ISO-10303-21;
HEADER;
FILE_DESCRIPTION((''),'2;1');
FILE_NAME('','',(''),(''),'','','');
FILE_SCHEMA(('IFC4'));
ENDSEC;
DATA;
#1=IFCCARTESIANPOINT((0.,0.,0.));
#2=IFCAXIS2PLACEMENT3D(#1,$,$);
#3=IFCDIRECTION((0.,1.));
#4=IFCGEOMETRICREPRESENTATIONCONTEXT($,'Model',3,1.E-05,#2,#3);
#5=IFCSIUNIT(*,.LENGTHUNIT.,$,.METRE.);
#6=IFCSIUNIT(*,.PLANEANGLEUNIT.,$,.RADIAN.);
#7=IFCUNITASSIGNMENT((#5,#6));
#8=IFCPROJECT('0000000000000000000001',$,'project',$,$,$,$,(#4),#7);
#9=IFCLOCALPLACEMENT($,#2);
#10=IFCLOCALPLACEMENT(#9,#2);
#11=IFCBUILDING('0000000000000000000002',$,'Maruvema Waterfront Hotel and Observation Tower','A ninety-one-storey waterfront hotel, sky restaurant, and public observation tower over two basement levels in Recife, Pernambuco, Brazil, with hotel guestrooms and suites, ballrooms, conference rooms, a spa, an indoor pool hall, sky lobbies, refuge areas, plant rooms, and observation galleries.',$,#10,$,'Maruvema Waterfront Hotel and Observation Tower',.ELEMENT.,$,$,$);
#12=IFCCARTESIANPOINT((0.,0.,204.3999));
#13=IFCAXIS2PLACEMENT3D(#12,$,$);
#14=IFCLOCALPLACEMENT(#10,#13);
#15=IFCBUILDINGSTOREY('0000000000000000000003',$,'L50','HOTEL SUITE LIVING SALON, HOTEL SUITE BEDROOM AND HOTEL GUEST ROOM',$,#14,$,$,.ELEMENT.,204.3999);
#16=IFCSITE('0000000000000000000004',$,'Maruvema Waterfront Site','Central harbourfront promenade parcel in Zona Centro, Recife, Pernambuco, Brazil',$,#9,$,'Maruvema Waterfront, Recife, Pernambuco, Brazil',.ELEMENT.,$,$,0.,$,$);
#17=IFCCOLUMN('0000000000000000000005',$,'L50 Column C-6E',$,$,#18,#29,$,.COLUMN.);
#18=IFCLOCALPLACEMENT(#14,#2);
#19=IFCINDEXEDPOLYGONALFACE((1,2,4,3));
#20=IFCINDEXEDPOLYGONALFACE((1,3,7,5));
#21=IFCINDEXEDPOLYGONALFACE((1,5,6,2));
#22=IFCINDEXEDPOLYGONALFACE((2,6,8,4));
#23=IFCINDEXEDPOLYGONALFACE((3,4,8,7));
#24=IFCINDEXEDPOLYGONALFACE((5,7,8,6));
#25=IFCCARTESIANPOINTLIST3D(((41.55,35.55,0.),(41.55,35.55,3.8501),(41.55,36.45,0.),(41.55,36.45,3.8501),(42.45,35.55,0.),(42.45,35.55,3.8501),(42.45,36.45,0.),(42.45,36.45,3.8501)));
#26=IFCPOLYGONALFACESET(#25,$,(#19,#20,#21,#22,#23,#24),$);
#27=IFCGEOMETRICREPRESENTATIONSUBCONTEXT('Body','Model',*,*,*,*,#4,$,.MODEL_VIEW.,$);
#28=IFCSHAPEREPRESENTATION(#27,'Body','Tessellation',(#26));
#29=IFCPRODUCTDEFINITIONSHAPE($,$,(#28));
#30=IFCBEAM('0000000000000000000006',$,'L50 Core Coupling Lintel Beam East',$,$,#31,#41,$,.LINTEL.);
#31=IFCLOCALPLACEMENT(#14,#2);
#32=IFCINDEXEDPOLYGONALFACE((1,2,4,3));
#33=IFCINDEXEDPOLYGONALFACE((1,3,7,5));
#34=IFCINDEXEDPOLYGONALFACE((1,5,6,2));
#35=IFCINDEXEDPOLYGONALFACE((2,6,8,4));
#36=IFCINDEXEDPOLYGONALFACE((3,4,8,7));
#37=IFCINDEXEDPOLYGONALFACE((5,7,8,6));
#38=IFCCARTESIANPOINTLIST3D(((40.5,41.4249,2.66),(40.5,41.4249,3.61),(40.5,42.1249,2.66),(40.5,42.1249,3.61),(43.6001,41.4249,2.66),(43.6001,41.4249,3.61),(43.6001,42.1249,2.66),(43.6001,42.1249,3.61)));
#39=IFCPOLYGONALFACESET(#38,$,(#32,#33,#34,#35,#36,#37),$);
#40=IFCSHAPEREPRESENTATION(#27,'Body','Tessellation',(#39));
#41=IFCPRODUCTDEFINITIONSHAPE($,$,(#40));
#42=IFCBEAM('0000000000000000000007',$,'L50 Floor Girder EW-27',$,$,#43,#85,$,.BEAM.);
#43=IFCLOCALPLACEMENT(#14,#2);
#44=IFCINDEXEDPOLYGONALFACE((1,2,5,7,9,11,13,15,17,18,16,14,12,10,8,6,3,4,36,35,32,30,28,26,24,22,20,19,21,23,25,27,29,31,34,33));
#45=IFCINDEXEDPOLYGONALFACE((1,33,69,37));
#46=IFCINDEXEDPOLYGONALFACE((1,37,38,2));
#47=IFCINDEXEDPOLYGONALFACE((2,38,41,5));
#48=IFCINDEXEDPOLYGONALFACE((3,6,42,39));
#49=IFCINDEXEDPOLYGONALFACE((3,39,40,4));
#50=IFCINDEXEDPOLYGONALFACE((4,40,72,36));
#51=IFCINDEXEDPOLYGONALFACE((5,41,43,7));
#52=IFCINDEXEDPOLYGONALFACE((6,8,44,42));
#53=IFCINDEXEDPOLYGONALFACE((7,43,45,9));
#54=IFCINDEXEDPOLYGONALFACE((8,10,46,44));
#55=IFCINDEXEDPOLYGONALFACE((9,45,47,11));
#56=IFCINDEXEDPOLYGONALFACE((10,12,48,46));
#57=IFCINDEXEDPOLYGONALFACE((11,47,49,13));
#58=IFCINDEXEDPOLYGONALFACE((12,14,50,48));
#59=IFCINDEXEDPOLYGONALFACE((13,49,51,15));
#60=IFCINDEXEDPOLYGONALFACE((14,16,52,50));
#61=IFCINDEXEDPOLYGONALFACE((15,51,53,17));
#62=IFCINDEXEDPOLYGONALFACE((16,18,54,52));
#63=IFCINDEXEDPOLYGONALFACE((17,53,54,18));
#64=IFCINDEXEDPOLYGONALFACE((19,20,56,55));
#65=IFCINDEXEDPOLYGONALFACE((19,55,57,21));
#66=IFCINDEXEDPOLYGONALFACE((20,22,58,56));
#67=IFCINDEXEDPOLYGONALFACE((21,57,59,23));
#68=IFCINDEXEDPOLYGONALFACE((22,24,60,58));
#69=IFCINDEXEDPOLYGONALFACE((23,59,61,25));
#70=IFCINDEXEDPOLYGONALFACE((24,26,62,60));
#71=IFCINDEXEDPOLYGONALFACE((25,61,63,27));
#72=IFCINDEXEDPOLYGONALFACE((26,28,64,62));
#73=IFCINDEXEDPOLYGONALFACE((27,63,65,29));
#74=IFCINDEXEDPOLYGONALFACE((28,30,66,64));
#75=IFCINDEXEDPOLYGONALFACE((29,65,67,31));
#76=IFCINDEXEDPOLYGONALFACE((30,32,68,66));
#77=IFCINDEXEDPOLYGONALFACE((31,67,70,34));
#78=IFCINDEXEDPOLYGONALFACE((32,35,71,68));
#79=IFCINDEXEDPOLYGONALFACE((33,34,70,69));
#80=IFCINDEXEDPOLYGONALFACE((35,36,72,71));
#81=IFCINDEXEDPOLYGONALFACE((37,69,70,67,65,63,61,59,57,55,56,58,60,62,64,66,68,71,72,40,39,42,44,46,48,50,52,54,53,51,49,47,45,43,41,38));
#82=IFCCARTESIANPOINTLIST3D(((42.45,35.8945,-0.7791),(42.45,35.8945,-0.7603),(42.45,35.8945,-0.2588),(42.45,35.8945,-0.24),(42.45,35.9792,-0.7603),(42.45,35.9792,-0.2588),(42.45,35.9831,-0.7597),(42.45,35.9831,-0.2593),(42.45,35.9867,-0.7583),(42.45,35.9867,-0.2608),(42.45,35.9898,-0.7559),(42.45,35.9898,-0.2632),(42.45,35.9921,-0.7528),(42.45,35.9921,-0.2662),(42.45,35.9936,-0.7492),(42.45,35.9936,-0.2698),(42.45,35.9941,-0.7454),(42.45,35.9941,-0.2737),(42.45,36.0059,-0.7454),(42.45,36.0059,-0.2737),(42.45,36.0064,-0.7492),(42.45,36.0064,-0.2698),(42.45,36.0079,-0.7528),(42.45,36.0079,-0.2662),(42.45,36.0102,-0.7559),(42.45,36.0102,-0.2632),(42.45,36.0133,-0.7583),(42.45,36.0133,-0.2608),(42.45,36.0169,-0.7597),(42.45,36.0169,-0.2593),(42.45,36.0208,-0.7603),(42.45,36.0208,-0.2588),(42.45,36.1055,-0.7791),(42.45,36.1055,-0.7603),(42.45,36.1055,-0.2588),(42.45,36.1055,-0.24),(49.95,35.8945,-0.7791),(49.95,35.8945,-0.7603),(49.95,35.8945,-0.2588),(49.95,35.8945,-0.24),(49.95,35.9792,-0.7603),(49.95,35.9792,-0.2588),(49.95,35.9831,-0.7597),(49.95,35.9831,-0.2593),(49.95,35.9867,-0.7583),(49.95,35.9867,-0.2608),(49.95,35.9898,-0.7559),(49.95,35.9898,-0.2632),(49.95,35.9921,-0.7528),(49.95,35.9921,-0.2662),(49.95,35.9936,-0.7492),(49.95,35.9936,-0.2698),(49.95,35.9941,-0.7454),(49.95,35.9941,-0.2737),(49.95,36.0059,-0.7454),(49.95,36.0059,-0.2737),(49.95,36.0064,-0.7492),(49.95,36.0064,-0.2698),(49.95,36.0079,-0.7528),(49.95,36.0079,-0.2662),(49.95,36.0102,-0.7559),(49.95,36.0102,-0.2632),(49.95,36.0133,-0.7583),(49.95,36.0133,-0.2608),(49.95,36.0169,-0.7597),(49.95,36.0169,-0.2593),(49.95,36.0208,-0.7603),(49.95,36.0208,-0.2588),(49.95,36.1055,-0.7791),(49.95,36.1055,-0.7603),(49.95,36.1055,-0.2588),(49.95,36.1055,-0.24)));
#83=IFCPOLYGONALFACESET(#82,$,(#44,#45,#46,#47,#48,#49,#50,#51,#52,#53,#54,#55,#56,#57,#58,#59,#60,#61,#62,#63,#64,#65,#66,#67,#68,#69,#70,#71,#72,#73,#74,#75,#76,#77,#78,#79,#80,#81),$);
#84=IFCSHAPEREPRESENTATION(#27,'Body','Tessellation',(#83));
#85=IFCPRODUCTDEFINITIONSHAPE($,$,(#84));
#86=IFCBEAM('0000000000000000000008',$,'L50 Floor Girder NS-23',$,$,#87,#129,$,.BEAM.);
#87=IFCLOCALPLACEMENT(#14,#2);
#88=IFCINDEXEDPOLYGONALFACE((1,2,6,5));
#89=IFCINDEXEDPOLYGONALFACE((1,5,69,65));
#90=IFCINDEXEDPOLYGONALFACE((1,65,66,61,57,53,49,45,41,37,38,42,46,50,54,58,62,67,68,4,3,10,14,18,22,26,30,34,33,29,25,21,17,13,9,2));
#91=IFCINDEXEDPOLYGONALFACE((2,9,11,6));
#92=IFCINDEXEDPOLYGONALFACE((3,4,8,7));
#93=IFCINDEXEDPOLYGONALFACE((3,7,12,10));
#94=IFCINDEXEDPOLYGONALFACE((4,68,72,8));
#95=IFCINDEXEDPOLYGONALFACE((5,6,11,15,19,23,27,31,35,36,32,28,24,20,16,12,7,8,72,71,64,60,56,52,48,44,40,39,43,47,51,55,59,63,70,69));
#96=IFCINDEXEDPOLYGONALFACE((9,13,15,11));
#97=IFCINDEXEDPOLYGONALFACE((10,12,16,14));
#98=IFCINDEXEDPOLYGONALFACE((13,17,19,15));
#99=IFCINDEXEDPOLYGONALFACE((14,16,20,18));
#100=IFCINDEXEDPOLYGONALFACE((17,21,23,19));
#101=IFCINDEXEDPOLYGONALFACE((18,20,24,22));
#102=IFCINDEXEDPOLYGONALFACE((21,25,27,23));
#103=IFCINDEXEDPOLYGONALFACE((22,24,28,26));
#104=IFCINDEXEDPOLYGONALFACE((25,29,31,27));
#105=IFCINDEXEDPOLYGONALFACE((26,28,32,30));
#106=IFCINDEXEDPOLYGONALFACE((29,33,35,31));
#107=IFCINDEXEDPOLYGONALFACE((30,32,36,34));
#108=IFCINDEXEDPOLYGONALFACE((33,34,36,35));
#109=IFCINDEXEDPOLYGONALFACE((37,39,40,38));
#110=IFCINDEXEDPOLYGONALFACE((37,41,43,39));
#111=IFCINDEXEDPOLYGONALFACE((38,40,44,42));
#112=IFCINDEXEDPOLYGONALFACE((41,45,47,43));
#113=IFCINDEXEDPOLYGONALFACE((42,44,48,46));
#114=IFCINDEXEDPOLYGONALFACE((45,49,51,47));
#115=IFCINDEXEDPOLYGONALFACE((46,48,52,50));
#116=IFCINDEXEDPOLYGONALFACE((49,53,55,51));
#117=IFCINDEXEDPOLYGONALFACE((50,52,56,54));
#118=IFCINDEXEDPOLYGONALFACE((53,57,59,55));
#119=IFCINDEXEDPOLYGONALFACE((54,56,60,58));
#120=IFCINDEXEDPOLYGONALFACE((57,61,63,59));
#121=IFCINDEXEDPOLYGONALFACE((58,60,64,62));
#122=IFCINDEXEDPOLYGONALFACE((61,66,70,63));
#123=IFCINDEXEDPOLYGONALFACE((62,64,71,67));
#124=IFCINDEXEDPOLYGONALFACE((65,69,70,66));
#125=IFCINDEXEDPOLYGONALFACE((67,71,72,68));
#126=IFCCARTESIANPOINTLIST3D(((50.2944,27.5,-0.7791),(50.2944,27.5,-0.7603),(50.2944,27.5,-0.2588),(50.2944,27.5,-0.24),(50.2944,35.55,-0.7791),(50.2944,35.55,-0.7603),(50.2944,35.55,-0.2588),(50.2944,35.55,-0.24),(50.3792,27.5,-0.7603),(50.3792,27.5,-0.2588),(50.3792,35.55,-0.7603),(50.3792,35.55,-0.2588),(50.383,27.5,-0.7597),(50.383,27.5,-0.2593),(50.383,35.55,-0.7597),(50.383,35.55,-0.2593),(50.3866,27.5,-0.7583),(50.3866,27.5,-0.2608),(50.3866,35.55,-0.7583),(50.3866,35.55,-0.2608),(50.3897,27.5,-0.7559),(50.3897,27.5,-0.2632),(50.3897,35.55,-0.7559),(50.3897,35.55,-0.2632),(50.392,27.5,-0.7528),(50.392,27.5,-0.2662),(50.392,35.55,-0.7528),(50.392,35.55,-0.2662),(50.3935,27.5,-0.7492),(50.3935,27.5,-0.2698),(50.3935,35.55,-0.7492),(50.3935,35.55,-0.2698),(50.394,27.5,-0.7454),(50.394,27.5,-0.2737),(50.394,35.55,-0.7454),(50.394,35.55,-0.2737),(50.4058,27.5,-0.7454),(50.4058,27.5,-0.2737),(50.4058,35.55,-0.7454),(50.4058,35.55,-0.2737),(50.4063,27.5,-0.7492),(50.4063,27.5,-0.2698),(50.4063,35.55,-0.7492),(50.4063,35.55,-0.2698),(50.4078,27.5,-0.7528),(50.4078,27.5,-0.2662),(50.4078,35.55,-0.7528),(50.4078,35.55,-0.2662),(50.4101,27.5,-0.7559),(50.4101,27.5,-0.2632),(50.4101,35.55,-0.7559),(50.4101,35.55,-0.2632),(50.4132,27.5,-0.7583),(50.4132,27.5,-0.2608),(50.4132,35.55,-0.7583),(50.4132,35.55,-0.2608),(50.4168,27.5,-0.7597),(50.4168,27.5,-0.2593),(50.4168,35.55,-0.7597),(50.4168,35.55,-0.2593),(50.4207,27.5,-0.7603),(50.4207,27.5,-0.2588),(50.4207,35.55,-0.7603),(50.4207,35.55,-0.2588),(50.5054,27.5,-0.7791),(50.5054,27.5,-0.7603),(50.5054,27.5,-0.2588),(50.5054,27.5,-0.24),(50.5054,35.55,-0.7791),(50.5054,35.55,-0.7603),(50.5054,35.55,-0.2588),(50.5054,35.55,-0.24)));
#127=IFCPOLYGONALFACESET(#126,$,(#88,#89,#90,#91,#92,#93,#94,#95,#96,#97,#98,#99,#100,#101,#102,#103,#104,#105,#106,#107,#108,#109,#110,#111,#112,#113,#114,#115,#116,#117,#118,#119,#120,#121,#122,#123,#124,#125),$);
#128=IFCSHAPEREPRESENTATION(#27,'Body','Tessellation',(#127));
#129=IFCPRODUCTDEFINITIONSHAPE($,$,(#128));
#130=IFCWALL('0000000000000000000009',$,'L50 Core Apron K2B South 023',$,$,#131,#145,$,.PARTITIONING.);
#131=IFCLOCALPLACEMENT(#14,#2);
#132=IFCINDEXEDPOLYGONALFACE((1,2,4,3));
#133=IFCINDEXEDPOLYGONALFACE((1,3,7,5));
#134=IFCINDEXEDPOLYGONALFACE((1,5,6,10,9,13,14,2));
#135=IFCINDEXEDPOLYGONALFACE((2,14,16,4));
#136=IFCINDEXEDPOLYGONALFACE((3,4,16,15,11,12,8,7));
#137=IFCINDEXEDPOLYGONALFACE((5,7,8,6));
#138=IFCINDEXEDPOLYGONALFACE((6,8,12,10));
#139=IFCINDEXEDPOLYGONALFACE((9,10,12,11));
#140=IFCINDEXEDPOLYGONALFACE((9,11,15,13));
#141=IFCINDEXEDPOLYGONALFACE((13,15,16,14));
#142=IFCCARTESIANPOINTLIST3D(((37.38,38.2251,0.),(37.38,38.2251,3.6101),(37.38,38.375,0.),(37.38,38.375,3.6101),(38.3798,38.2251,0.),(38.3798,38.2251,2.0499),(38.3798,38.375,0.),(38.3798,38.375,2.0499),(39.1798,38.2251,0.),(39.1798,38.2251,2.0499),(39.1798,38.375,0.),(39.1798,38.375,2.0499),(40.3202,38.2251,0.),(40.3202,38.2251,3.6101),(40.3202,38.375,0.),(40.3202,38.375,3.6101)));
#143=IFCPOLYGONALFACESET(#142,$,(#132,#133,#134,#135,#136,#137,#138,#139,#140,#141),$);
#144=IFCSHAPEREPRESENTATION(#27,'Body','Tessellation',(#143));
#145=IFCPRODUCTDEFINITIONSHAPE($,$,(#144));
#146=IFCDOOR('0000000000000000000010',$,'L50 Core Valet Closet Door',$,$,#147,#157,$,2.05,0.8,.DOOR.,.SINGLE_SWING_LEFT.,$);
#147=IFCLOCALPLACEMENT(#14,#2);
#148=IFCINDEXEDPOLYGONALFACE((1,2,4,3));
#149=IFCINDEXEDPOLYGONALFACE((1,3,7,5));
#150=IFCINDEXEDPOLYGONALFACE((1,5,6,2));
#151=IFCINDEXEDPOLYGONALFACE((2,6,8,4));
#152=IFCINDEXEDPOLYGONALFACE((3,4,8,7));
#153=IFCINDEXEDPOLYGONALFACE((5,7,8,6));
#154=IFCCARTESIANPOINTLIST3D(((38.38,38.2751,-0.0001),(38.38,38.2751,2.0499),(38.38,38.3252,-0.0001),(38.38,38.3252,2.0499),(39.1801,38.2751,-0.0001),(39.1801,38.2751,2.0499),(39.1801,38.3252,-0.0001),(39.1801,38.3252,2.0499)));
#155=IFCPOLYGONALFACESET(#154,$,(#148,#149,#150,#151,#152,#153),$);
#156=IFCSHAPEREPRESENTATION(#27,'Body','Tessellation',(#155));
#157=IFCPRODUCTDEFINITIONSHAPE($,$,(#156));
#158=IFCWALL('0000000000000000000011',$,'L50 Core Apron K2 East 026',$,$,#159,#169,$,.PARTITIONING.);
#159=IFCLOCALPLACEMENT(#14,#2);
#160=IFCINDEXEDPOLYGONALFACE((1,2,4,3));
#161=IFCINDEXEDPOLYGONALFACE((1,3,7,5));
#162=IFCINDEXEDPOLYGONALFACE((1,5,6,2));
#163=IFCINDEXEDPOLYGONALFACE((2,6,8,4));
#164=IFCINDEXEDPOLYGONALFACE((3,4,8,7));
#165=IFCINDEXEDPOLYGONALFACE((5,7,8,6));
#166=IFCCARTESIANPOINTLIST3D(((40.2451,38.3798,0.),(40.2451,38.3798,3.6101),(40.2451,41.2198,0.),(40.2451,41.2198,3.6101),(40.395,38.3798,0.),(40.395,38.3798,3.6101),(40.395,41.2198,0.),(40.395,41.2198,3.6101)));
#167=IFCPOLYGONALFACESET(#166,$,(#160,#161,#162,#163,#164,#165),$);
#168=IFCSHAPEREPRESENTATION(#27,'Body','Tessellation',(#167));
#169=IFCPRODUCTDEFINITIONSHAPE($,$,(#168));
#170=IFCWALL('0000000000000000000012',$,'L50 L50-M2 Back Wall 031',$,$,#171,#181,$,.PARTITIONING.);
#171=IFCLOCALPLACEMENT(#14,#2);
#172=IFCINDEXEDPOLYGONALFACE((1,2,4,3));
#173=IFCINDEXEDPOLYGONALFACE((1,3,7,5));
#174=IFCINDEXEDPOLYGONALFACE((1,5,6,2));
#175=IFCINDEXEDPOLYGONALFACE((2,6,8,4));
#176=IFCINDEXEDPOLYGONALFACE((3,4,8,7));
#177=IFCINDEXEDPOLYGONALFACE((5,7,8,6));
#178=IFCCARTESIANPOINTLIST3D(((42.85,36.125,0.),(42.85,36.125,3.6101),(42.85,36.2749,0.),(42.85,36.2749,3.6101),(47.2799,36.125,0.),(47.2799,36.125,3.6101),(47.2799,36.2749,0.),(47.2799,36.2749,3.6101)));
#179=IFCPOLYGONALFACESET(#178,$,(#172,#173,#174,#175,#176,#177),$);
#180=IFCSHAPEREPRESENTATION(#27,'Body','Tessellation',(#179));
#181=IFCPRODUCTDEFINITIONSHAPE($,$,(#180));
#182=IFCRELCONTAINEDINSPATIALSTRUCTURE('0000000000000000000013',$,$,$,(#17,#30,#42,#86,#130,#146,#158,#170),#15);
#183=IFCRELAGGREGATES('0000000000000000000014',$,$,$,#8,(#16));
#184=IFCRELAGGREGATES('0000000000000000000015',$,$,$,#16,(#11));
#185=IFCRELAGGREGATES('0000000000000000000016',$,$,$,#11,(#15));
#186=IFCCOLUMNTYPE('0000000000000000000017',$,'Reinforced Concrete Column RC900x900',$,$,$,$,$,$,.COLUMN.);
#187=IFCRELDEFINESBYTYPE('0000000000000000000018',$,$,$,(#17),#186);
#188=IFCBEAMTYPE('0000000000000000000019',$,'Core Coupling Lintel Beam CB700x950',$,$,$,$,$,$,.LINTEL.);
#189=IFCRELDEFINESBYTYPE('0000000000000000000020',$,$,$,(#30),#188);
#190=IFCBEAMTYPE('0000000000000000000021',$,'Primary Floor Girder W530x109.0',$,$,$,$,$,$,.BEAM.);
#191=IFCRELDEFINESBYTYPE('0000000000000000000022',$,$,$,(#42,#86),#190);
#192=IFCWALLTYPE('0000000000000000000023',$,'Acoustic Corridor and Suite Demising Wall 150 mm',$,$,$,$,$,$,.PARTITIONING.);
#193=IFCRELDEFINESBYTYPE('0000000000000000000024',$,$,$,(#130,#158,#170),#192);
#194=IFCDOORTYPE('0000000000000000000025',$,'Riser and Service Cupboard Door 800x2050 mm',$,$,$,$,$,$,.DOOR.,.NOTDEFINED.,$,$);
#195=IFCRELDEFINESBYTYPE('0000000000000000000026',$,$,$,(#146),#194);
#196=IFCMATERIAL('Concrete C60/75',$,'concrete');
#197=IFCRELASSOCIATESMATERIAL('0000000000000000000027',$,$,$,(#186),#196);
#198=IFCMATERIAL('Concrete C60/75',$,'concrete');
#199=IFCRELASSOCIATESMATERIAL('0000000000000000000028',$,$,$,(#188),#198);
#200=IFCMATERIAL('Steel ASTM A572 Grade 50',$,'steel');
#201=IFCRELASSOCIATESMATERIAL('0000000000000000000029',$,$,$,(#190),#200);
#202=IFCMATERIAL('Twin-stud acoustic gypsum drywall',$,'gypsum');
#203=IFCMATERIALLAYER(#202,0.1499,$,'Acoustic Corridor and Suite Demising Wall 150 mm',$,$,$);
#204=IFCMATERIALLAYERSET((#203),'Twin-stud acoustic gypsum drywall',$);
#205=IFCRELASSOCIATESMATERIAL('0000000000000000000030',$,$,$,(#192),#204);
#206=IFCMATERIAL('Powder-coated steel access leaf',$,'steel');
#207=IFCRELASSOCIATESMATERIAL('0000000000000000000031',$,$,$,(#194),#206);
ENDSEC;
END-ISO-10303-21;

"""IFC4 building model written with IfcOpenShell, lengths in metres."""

from ifc_helpers import new_model, si_unit, direction, frame, frame_2d, origin, origin_2d, place, context, subcontext, project, spatial, rectangle, i_section, extrude, material, layer, layer_set, material_profile, profile_set, type_object, element, fill, save


model = new_model("IFC4")

# Units and contexts
model_context = context("Model", 3, precision=1e-05, world=origin(), true_north=direction((0.0, 1.0)))
body_context = subcontext(model_context, "Body", "Model", "MODEL_VIEW")
ifc_project = project(units=[si_unit("LENGTHUNIT", "METRE"), si_unit("PLANEANGLEUNIT", "RADIAN")], contexts=[model_context])

# Site, building, storey
site_placement = place(None, origin())
site = spatial("IfcSite", under=ifc_project, at=site_placement, Name="Maruvema Waterfront Site", Description="Central harbourfront promenade parcel in Zona Centro, Recife, Pernambuco, Brazil", LongName="Maruvema Waterfront, Recife, Pernambuco, Brazil", CompositionType="ELEMENT", RefElevation=0.0)
building_placement = place(site_placement, origin())
building = spatial("IfcBuilding", under=site, at=building_placement, Name="Maruvema Waterfront Hotel and Observation Tower", Description="A ninety-one-storey waterfront hotel, sky restaurant, and public observation tower over two basement levels in Recife, Pernambuco, Brazil, with hotel guestrooms and suites, ballrooms, conference rooms, a spa, an indoor pool hall, sky lobbies, refuge areas, plant rooms, and observation galleries.", LongName="Maruvema Waterfront Hotel and Observation Tower", CompositionType="ELEMENT")
storey_placement = place(building_placement, frame((0.0, 0.0, 204.3999)))
storey = spatial("IfcBuildingStorey", under=building, at=storey_placement, Name="L50", Description="HOTEL SUITE LIVING SALON, HOTEL SUITE BEDROOM AND HOTEL GUEST ROOM", CompositionType="ELEMENT", Elevation=204.3999)

# Column
ifc_material_1 = material(Name="Concrete C60/75", Category="concrete")
ifc_material_profile_1 = material_profile(ifc_material_1, rectangle(XDim=0.8999, YDim=0.8999, at=origin_2d()), Name="RC900x900")
ifc_profile_set_1 = profile_set([ifc_material_profile_1], Name="Concrete C60/75")
column_type = type_object("IfcColumnType", Name="Reinforced Concrete Column RC900x900", PredefinedType="COLUMN", material=ifc_profile_set_1)
column_placement = place(storey_placement, frame((42.0, 36.0, 0.0), z_axis=(0.0, 0.0, 1.0), x_axis=(1.0, 0.0, 0.0)))
element("IfcColumn", 1, at=column_placement, inside=storey, type_object=column_type, Name="L50 Column C-6E", PredefinedType="COLUMN", context=body_context, shape_type="SweptSolid", body=[
    extrude(rectangle(XDim=0.8999, YDim=0.8999, at=origin_2d()), origin(), (0.0, 0.0, 1.0), 3.8501),
])

# Beams
ifc_material_2 = material(Name="Concrete C60/75", Category="concrete")
ifc_material_profile_2 = material_profile(ifc_material_2, rectangle(XDim=0.7, YDim=0.95, at=origin_2d()), Name="CB700x950")
ifc_profile_set_2 = profile_set([ifc_material_profile_2], Name="Concrete C60/75")
beam_type_1 = type_object("IfcBeamType", Name="Core Coupling Lintel Beam CB700x950", PredefinedType="LINTEL", material=ifc_profile_set_2)
beam_1_placement = place(storey_placement, frame((40.5, 41.7749, 3.135), z_axis=(1.0, 0.0, 0.0), x_axis=(0.0, 1.0, 0.0)))
element("IfcBeam", 2, at=beam_1_placement, inside=storey, type_object=beam_type_1, Name="L50 Core Coupling Lintel Beam East", PredefinedType="LINTEL", context=body_context, shape_type="SweptSolid", body=[
    extrude(rectangle(XDim=0.7, YDim=0.95, at=origin_2d()), origin(), (0.0, 0.0, 1.0), 3.1001),
])
ifc_material_3 = material(Name="Steel ASTM A572 Grade 50", Category="steel")
ifc_material_profile_3 = material_profile(ifc_material_3, i_section(OverallWidth=0.2109, OverallDepth=0.5391, WebThickness=0.0117, FlangeThickness=0.0188, FilletRadius=0.0149, at=origin_2d()), Name="W530x109.0")
ifc_profile_set_3 = profile_set([ifc_material_profile_3], Name="Steel ASTM A572 Grade 50")
beam_type_2 = type_object("IfcBeamType", Name="Primary Floor Girder W530x109.0", PredefinedType="BEAM", material=ifc_profile_set_3)
beam_2_placement = place(storey_placement, frame((42.45, 36.0, -0.5095), z_axis=(1.0, 0.0, 0.0), x_axis=(0.0, 1.0, 0.0)))
element("IfcBeam", 3, at=beam_2_placement, inside=storey, type_object=beam_type_2, Name="L50 Floor Girder EW-27", PredefinedType="BEAM", context=body_context, shape_type="SweptSolid", body=[
    extrude(i_section(OverallWidth=0.2109, OverallDepth=0.5391, WebThickness=0.0117, FlangeThickness=0.0188, FilletRadius=0.0149, at=origin_2d()), origin(), (0.0, 0.0, 1.0), 7.5),
])
beam_3_placement = place(storey_placement, frame((50.3999, 27.5, -0.5095), z_axis=(0.0, 1.0, 0.0), x_axis=(-1.0, 0.0, 0.0)))
element("IfcBeam", 4, at=beam_3_placement, inside=storey, type_object=beam_type_2, Name="L50 Floor Girder NS-23", PredefinedType="BEAM", context=body_context, shape_type="SweptSolid", body=[
    extrude(i_section(OverallWidth=0.2109, OverallDepth=0.5391, WebThickness=0.0117, FlangeThickness=0.0188, FilletRadius=0.0149, at=origin_2d()), origin(), (0.0, 0.0, 1.0), 8.05),
])

# Wall, opening, door
ifc_material_4 = material(Name="Twin-stud acoustic gypsum drywall", Category="gypsum")
ifc_layer_1 = layer(ifc_material_4, 0.1499, Name="Acoustic Corridor and Suite Demising Wall 150 mm")
ifc_layer_set_1 = layer_set([ifc_layer_1], Name="Twin-stud acoustic gypsum drywall")
wall_type_1 = type_object("IfcWallType", Name="Acoustic Corridor and Suite Demising Wall 150 mm", PredefinedType="PARTITIONING", material=ifc_layer_set_1)
wall_1_placement = place(storey_placement, frame((37.3799, 38.3, 0.0), z_axis=(0.0, 0.0, 1.0), x_axis=(1.0, 0.0, 0.0)))
wall_1 = element("IfcWall", 5, at=wall_1_placement, inside=storey, type_object=wall_type_1, Name="L50 Core Apron K2B South 023", PredefinedType="PARTITIONING", context=body_context, shape_type="SweptSolid", body=[
    extrude(rectangle(XDim=2.9402, YDim=0.1499, at=frame_2d((1.4702, 0.0))), origin(), (0.0, 0.0, 1.0), 3.6101),
])
opening_1_placement = place(wall_1_placement, frame((1.0, 0.0, 0.0)))
opening_1 = element("IfcOpeningElement", 6, at=opening_1_placement, cuts=wall_1, PredefinedType="OPENING", context=body_context, shape_type="SweptSolid", body=[
    extrude(rectangle(XDim=0.8, YDim=2.05, at=frame_2d((0.3999, 1.0249))), frame((0.0, 0.085, 0.0), z_axis=(0.0, -1.0, 0.0), x_axis=(1.0, 0.0, 0.0)), (0.0, 0.0, 1.0), 0.1699),
])
ifc_material_5 = material(Name="Powder-coated steel access leaf", Category="steel")
door_type_1 = type_object("IfcDoorType", Name="Riser and Service Cupboard Door 800x2050 mm", OperationType="NOTDEFINED", PredefinedType="DOOR", material=ifc_material_5)
door_1_placement = place(opening_1_placement, frame((0.8, 0.0, 0.0), z_axis=(0.0, 0.0, 1.0), x_axis=(-1.0, 0.0, 0.0)))
door_1 = element("IfcDoor", 7, at=door_1_placement, inside=storey, type_object=door_type_1, Name="L50 Core Valet Closet Door", OperationType="SINGLE_SWING_LEFT", OverallHeight=2.05, OverallWidth=0.8, PredefinedType="DOOR", context=body_context, shape_type="SweptSolid", body=[
    extrude(rectangle(XDim=0.8, YDim=2.05, at=frame_2d((0.3999, 1.0249))), frame((0.0, 0.0249, 0.0), z_axis=(0.0, -1.0, 0.0), x_axis=(1.0, 0.0, 0.0)), (0.0, 0.0, 1.0), 0.05),
])
fill(opening_1, door_1)

# Walls
wall_2_placement = place(storey_placement, frame((40.3201, 38.3799, 0.0), z_axis=(0.0, 0.0, 1.0), x_axis=(0.0, 1.0, 0.0)))
element("IfcWall", 8, at=wall_2_placement, inside=storey, type_object=wall_type_1, Name="L50 Core Apron K2 East 026", PredefinedType="PARTITIONING", context=body_context, shape_type="SweptSolid", body=[
    extrude(rectangle(XDim=2.8401, YDim=0.1499, at=frame_2d((1.4199, 0.0))), origin(), (0.0, 0.0, 1.0), 3.6101),
])
wall_3_placement = place(storey_placement, frame((42.8501, 36.2, 0.0), z_axis=(0.0, 0.0, 1.0), x_axis=(1.0, 0.0, 0.0)))
element("IfcWall", 9, at=wall_3_placement, inside=storey, type_object=wall_type_1, Name="L50 L50-M2 Back Wall 031", PredefinedType="PARTITIONING", context=body_context, shape_type="SweptSolid", body=[
    extrude(rectangle(XDim=4.4299, YDim=0.1499, at=frame_2d((2.2148, 0.0))), origin(), (0.0, 0.0, 1.0), 3.6101),
])

save(model, "model.ifc")
